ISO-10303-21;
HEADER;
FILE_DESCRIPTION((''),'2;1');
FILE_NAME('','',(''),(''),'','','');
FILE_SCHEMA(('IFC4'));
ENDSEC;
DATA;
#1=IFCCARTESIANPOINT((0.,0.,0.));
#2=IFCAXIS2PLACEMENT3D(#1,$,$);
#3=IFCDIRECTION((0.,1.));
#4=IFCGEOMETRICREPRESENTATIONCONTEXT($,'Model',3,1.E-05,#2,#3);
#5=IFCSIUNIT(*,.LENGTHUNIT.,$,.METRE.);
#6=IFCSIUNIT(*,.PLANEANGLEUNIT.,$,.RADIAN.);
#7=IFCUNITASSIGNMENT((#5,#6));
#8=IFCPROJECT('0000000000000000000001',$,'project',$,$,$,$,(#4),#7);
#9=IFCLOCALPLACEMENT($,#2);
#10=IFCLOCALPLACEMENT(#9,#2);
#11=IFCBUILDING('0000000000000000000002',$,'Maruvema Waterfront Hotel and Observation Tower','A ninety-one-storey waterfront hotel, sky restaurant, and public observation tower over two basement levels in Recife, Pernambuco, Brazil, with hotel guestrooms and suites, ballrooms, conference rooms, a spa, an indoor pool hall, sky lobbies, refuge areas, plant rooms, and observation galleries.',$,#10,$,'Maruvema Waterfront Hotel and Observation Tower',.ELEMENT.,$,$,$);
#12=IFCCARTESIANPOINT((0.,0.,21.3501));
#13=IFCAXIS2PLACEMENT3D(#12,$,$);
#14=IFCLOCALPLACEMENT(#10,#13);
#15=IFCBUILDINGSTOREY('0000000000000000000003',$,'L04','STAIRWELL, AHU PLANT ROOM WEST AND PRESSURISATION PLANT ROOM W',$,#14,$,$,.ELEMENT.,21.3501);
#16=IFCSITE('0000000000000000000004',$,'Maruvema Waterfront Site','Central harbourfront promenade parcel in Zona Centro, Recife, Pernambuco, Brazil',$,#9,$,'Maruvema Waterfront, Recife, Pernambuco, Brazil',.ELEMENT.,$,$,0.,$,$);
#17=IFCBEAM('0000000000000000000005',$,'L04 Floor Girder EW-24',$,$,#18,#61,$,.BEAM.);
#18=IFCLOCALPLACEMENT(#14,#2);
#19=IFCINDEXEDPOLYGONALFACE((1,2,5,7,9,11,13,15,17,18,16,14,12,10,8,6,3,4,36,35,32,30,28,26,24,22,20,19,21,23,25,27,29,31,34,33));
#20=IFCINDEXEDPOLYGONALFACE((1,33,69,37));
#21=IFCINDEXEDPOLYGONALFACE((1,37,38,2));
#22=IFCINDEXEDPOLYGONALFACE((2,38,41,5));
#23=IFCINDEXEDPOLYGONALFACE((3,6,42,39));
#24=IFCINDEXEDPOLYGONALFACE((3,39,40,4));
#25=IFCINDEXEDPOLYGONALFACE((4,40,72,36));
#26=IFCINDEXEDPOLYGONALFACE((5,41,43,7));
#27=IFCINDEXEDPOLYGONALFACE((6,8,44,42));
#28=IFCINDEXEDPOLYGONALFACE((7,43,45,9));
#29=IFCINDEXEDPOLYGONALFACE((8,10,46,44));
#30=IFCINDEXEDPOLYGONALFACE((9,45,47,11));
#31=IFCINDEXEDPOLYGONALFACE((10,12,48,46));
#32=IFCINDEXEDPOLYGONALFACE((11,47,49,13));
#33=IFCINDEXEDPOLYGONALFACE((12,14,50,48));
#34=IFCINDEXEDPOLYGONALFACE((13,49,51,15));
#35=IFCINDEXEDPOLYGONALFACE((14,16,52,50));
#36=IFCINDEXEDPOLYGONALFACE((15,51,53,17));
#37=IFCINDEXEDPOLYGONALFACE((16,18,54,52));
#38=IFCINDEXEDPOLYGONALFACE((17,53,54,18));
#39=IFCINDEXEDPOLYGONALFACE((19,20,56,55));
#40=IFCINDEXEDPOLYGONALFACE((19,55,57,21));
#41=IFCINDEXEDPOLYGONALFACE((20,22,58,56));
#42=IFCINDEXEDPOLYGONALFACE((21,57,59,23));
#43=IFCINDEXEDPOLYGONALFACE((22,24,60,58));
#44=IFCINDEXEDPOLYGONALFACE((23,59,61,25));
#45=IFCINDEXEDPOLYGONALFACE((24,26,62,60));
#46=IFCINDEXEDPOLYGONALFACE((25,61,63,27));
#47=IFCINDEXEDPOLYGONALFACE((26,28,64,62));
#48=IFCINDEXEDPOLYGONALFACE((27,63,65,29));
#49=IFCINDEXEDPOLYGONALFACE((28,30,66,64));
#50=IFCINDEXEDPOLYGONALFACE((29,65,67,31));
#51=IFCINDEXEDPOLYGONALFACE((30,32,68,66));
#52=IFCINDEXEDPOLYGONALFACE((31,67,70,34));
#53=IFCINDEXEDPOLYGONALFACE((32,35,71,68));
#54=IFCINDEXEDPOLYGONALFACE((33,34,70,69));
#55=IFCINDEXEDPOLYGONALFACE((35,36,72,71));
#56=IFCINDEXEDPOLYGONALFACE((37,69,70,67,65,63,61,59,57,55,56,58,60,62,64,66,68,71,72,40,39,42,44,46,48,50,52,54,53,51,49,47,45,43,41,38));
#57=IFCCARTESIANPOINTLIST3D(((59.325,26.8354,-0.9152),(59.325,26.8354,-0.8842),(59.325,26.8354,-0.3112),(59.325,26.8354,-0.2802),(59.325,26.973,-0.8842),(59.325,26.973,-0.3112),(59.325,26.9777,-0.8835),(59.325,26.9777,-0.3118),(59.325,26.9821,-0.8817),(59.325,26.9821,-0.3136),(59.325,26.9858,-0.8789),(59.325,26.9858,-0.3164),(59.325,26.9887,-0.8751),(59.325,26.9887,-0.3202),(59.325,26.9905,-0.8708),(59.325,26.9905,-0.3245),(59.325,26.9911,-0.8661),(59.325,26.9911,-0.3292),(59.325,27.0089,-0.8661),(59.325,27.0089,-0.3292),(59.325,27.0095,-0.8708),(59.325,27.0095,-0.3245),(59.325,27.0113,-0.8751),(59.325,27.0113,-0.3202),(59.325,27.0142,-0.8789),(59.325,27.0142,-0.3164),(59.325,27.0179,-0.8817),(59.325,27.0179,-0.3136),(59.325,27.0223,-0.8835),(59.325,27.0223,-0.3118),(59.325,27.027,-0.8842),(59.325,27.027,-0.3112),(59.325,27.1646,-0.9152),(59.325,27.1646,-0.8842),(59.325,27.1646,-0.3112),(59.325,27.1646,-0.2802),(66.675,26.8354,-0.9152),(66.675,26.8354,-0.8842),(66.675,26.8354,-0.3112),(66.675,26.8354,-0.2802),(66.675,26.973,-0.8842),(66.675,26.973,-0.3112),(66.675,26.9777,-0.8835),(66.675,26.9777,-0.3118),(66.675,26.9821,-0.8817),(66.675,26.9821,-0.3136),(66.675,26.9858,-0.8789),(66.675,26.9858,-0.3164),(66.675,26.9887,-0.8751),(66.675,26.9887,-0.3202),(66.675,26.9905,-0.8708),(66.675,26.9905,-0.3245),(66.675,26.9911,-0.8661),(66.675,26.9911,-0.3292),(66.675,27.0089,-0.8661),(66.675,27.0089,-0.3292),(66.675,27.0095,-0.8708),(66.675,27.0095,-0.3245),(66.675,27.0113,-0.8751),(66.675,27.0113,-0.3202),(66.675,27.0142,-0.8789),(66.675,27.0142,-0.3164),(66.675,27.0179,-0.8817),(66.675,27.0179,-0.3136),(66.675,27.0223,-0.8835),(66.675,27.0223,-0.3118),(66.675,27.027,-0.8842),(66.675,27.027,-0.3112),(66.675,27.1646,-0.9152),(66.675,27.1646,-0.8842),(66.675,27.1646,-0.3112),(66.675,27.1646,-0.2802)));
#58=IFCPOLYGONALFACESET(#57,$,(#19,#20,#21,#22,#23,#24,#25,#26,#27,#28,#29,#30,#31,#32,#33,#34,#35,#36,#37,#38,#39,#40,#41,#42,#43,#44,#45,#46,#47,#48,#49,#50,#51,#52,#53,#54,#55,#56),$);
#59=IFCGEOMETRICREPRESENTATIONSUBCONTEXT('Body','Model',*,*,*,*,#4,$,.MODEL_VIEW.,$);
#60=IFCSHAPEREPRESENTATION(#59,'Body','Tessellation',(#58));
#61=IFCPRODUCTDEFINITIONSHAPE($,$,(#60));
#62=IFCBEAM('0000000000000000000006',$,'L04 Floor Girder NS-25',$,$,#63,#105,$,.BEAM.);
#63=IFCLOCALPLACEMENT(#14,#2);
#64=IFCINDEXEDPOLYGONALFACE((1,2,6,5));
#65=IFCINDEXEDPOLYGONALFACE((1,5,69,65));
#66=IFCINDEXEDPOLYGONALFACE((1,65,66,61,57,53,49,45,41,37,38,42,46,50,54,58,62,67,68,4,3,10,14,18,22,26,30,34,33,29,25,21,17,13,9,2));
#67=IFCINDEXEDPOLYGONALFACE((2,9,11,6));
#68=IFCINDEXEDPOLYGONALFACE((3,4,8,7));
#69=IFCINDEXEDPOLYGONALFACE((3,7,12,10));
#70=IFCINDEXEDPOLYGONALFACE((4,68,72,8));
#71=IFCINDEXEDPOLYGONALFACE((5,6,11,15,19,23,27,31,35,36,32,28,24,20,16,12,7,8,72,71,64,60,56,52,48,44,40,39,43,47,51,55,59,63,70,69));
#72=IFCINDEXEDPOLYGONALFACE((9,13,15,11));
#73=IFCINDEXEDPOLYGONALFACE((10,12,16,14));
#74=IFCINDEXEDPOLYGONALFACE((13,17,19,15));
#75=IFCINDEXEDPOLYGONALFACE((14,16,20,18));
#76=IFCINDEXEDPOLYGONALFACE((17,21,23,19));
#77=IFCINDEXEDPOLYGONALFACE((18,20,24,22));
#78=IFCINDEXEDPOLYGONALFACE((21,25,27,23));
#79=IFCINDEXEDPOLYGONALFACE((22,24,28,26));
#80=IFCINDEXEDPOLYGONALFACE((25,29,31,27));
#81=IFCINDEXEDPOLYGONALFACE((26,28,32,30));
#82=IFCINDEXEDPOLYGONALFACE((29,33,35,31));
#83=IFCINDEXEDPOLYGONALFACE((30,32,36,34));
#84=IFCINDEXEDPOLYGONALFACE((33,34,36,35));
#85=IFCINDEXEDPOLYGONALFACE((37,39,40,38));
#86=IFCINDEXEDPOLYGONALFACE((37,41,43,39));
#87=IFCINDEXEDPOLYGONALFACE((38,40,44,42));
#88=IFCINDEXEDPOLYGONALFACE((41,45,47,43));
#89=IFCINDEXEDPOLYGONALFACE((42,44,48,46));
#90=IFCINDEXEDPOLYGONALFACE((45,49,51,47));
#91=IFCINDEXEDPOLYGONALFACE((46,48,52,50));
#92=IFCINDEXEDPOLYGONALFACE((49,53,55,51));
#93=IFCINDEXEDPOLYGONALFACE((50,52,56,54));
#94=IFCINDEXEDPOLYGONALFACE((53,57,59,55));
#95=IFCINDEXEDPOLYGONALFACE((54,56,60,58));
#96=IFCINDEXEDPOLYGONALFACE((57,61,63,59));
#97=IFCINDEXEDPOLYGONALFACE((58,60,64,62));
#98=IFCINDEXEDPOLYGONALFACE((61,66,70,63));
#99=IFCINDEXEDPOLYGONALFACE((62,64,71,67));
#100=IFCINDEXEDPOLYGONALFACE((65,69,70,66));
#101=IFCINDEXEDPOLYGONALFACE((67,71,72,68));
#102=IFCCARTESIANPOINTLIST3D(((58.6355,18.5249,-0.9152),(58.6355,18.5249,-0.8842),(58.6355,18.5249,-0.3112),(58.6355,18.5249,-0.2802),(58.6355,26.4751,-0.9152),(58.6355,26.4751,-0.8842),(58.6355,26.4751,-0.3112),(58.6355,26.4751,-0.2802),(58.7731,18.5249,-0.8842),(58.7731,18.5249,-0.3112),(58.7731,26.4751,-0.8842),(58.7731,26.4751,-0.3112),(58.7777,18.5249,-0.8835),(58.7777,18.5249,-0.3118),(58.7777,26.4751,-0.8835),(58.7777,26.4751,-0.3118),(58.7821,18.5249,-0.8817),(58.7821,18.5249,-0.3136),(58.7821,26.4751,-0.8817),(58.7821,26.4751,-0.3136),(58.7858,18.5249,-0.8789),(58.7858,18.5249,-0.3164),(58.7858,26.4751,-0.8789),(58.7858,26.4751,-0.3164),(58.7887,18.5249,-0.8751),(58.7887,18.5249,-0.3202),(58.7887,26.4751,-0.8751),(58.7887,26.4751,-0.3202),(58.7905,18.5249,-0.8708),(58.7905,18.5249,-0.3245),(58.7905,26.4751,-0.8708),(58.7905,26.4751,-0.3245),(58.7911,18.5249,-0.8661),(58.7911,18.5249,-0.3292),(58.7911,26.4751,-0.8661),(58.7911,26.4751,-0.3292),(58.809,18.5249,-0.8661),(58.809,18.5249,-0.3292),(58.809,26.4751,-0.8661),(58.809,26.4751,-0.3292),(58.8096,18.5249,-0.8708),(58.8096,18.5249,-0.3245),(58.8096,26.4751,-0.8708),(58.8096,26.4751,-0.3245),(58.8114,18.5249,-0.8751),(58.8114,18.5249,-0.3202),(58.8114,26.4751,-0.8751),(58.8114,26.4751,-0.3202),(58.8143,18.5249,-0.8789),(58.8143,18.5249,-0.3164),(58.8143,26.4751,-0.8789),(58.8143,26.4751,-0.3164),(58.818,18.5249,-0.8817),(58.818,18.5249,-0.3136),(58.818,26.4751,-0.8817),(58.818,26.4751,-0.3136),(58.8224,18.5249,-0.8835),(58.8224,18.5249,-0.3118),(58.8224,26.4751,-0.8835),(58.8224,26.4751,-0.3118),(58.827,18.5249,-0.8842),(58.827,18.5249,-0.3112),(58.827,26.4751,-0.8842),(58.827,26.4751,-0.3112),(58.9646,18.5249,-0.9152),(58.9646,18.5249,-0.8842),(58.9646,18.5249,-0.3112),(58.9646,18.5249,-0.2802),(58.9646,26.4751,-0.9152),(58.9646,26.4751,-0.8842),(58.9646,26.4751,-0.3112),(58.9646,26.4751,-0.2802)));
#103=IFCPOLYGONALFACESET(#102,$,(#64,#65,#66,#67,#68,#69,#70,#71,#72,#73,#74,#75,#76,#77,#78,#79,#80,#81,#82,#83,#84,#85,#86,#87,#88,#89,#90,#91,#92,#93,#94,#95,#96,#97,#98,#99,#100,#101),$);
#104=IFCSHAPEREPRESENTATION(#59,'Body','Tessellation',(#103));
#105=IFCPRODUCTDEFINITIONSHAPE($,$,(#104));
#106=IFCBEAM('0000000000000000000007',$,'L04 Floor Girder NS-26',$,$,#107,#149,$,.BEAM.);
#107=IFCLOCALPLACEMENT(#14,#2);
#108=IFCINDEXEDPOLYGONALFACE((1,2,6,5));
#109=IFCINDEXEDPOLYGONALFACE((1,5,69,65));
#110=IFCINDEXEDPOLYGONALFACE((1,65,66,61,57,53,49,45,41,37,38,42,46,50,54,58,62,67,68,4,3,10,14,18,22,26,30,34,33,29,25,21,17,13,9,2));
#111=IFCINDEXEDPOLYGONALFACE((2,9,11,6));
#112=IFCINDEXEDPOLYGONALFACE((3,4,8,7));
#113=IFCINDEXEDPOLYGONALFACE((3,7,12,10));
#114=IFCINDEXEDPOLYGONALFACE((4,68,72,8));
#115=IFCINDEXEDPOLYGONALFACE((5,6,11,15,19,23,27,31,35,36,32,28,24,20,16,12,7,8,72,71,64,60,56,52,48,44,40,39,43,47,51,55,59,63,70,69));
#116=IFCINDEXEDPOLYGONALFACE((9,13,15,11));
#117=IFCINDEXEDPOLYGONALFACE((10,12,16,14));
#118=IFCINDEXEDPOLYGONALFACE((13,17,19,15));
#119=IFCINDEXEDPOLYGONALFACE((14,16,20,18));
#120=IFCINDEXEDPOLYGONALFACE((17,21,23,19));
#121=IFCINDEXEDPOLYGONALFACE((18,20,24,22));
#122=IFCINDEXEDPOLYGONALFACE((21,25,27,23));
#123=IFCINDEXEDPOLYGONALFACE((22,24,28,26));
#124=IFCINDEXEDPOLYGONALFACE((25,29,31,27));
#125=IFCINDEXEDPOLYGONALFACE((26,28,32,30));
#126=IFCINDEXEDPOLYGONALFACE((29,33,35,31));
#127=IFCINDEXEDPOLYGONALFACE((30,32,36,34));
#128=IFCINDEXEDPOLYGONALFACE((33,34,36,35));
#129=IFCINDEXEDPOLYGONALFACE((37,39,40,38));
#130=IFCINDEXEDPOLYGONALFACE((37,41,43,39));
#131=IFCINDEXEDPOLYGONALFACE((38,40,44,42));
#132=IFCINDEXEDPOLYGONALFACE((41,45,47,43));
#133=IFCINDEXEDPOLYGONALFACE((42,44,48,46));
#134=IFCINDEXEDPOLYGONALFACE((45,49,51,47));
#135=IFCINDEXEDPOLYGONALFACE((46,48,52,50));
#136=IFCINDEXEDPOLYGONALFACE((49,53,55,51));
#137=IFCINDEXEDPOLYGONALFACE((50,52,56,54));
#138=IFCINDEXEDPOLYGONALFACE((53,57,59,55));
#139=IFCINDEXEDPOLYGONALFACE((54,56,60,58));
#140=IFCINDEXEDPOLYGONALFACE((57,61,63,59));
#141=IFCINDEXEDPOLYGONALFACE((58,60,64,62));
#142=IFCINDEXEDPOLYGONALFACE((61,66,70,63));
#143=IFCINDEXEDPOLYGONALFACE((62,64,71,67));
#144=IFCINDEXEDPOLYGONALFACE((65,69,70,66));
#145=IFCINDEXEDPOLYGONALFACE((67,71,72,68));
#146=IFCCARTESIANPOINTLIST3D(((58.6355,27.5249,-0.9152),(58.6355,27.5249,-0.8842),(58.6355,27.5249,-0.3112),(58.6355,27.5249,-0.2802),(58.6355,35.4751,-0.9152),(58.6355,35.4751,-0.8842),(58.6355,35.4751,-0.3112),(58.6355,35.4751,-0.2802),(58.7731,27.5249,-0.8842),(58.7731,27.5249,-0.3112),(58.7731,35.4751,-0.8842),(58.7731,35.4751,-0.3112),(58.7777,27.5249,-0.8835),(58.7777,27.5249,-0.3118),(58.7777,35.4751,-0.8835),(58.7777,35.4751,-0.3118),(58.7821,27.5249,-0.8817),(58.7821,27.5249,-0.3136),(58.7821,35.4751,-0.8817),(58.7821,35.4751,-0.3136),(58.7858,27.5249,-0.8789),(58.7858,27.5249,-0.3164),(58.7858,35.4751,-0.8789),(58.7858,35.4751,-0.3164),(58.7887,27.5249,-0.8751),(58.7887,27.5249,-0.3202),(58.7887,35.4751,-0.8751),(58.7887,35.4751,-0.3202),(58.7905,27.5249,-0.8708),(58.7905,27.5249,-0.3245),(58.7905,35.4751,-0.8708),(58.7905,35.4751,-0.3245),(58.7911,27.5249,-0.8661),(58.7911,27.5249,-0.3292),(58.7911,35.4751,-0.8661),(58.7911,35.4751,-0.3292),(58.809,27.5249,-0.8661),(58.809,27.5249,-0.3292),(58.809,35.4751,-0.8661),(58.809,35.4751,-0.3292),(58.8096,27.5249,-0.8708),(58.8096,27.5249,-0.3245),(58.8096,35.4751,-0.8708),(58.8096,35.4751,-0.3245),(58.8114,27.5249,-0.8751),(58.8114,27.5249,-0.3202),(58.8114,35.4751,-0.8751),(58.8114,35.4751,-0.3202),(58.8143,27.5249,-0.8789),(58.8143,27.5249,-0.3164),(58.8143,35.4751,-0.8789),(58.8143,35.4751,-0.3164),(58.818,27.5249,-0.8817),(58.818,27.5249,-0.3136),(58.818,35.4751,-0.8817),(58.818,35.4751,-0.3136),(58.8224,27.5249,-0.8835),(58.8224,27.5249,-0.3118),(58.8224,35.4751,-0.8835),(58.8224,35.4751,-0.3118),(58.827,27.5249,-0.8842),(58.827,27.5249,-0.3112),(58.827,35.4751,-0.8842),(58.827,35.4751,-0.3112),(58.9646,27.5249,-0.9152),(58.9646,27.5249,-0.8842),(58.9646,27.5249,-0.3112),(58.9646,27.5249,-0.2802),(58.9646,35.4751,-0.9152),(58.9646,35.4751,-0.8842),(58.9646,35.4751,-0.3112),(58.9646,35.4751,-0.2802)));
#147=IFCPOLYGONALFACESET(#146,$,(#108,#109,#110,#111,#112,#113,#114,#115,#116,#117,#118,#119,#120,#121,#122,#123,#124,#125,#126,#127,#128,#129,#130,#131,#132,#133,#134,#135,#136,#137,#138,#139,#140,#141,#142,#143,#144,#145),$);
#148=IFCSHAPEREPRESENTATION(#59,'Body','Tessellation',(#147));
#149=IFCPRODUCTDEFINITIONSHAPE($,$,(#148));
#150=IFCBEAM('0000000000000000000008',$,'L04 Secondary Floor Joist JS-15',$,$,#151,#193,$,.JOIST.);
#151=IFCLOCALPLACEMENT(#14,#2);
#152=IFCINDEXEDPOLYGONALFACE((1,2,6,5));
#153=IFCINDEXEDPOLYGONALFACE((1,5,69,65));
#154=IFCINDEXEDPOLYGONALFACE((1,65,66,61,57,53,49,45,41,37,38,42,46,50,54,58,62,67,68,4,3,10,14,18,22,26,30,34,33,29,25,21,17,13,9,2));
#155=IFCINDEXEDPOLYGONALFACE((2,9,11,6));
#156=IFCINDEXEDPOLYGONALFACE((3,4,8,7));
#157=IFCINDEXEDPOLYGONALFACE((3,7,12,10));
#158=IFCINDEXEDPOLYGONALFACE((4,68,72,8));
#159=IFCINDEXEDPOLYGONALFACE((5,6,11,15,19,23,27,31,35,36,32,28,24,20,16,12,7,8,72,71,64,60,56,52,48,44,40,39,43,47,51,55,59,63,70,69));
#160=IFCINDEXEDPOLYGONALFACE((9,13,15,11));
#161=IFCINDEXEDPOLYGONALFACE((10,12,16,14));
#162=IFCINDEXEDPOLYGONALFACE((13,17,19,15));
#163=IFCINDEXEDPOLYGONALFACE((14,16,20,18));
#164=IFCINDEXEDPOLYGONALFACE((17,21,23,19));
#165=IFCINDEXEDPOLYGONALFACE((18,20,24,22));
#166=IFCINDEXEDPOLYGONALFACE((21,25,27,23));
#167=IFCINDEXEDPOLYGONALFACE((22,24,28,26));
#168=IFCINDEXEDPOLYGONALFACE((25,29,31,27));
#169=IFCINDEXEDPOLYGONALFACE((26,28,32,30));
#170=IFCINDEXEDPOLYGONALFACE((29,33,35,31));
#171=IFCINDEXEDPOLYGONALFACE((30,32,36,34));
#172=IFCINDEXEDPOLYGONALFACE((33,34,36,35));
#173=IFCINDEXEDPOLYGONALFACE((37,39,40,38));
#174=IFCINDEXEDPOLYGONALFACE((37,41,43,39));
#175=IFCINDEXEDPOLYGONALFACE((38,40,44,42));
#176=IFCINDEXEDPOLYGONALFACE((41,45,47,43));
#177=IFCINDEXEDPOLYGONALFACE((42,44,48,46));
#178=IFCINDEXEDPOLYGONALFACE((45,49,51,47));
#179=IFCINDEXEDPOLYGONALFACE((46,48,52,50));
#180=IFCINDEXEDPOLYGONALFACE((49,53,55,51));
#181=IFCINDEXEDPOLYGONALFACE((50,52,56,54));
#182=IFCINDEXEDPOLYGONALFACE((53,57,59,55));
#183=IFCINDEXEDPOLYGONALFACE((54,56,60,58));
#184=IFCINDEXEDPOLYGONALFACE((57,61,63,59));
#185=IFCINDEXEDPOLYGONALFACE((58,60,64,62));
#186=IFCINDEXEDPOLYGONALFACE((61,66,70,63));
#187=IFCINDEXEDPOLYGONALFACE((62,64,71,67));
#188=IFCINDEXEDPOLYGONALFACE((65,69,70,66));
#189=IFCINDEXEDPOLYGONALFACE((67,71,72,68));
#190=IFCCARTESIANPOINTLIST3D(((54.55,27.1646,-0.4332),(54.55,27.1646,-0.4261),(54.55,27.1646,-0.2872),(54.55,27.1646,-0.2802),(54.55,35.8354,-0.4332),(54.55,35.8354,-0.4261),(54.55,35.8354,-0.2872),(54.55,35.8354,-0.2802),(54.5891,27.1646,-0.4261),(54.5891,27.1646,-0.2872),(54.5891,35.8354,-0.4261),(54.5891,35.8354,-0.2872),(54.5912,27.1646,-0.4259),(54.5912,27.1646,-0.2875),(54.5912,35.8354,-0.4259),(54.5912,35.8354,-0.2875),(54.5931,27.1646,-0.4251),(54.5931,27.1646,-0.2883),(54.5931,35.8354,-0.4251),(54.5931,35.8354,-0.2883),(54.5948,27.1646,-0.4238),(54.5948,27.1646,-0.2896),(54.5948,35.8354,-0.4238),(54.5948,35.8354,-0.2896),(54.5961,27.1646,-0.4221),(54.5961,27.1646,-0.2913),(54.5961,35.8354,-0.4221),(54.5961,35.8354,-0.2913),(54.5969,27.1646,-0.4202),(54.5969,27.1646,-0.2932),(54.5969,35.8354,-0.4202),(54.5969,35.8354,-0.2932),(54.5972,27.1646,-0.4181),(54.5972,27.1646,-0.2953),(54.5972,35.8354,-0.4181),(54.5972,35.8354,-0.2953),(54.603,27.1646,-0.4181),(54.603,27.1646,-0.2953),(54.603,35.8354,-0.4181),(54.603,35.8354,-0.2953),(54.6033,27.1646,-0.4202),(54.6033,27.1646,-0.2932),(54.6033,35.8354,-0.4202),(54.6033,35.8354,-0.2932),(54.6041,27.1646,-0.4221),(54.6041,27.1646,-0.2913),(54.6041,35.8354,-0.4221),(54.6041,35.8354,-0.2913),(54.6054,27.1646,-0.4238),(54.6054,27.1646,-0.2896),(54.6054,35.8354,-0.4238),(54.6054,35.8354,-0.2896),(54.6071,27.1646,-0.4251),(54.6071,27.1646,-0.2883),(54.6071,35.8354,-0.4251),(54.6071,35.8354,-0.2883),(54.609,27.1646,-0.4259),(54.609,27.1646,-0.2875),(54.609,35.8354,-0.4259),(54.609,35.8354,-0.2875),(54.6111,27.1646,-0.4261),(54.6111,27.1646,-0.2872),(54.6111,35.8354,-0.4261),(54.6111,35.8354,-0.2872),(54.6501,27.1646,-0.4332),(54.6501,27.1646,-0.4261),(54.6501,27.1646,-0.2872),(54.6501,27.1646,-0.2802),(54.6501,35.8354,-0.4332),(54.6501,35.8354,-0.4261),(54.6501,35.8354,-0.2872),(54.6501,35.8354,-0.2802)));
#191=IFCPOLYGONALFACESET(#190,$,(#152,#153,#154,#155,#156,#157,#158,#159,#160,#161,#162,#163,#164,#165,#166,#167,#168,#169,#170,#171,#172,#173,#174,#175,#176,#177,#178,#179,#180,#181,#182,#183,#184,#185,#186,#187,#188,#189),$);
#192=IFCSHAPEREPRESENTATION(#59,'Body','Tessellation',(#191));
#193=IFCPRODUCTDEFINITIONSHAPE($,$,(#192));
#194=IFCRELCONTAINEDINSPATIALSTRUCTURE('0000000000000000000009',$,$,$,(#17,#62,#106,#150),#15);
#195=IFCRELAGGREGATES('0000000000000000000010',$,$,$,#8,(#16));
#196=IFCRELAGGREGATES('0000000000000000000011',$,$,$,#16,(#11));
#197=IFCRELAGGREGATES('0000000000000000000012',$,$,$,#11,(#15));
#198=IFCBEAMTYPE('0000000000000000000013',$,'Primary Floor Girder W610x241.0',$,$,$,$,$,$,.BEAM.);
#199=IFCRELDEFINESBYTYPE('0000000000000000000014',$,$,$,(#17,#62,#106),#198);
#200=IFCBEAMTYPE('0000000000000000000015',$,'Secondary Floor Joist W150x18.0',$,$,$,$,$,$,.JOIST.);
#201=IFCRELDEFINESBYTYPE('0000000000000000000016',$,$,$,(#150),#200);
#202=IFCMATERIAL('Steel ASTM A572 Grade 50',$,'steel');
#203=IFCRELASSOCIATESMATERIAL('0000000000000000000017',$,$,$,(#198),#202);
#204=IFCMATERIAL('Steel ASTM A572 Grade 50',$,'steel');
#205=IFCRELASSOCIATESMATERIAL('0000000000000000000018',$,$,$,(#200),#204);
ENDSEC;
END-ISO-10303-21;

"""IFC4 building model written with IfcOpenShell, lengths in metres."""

from ifc_helpers import new_model, si_unit, direction, frame, origin, origin_2d, place, context, subcontext, project, spatial, i_section, extrude, material, material_profile, profile_set, type_object, element, save


model = new_model("IFC4")

# Units and contexts
model_context = context("Model", 3, precision=1e-05, world=origin(), true_north=direction((0.0, 1.0)))
body_context = subcontext(model_context, "Body", "Model", "MODEL_VIEW")
ifc_project = project(units=[si_unit("LENGTHUNIT", "METRE"), si_unit("PLANEANGLEUNIT", "RADIAN")], contexts=[model_context])

# Site, building, storey
site_placement = place(None, origin())
site = spatial("IfcSite", under=ifc_project, at=site_placement, Name="Maruvema Waterfront Site", Description="Central harbourfront promenade parcel in Zona Centro, Recife, Pernambuco, Brazil", LongName="Maruvema Waterfront, Recife, Pernambuco, Brazil", CompositionType="ELEMENT", RefElevation=0.0)
building_placement = place(site_placement, origin())
building = spatial("IfcBuilding", under=site, at=building_placement, Name="Maruvema Waterfront Hotel and Observation Tower", Description="A ninety-one-storey waterfront hotel, sky restaurant, and public observation tower over two basement levels in Recife, Pernambuco, Brazil, with hotel guestrooms and suites, ballrooms, conference rooms, a spa, an indoor pool hall, sky lobbies, refuge areas, plant rooms, and observation galleries.", LongName="Maruvema Waterfront Hotel and Observation Tower", CompositionType="ELEMENT")
storey_placement = place(building_placement, frame((0.0, 0.0, 21.3501)))
storey = spatial("IfcBuildingStorey", under=building, at=storey_placement, Name="L04", Description="STAIRWELL, AHU PLANT ROOM WEST AND PRESSURISATION PLANT ROOM W", CompositionType="ELEMENT", Elevation=21.3501)

# Beams
ifc_material_1 = material(Name="Steel ASTM A572 Grade 50", Category="steel")
ifc_material_profile_1 = material_profile(ifc_material_1, i_section(OverallWidth=0.3291, OverallDepth=0.635, WebThickness=0.0178, FlangeThickness=0.031, FilletRadius=0.0181, at=origin_2d()), Name="W610x241.0")
ifc_profile_set_1 = profile_set([ifc_material_profile_1], Name="Steel ASTM A572 Grade 50")
beam_type_1 = type_object("IfcBeamType", Name="Primary Floor Girder W610x241.0", PredefinedType="BEAM", material=ifc_profile_set_1)
beam_1_placement = place(storey_placement, frame((59.325, 27.0, -0.5977), z_axis=(1.0, 0.0, 0.0), x_axis=(0.0, 1.0, 0.0)))
element("IfcBeam", 1, at=beam_1_placement, inside=storey, type_object=beam_type_1, Name="L04 Floor Girder EW-24", PredefinedType="BEAM", context=body_context, shape_type="SweptSolid", body=[
    extrude(i_section(OverallWidth=0.3291, OverallDepth=0.635, WebThickness=0.0178, FlangeThickness=0.031, FilletRadius=0.0181, at=origin_2d()), origin(), (0.0, 0.0, 1.0), 7.3501),
])
for number, where, z_axis, x_axis, name in (
    (2, (58.8, 18.5249, -0.5977), (0.0, 1.0, 0.0), (-1.0, 0.0, 0.0), "L04 Floor Girder NS-25"),
    (3, (58.8, 27.5249, -0.5977), (0.0, 1.0, 0.0), (-1.0, 0.0, 0.0), "L04 Floor Girder NS-26"),
):
    element("IfcBeam", number, at=place(storey_placement, frame(where, z_axis=z_axis, x_axis=x_axis)), inside=storey, type_object=beam_type_1, Name=name, PredefinedType="BEAM", context=body_context, shape_type="SweptSolid", body=[
        extrude(i_section(OverallWidth=0.3291, OverallDepth=0.635, WebThickness=0.0178, FlangeThickness=0.031, FilletRadius=0.0181, at=origin_2d()), origin(), (0.0, 0.0, 1.0), 7.9502),
    ])
ifc_material_2 = material(Name="Steel ASTM A572 Grade 50", Category="steel")
ifc_material_profile_2 = material_profile(ifc_material_2, i_section(OverallWidth=0.1001, OverallDepth=0.1531, WebThickness=0.0059, FlangeThickness=0.0071, FilletRadius=0.0081, at=origin_2d()), Name="W150x18.0")
ifc_profile_set_2 = profile_set([ifc_material_profile_2], Name="Steel ASTM A572 Grade 50")
beam_type_2 = type_object("IfcBeamType", Name="Secondary Floor Joist W150x18.0", PredefinedType="JOIST", material=ifc_profile_set_2)
beam_2_placement = place(storey_placement, frame((54.6001, 27.1646, -0.3567), z_axis=(0.0, 1.0, 0.0), x_axis=(-1.0, 0.0, 0.0)))
element("IfcBeam", 4, at=beam_2_placement, inside=storey, type_object=beam_type_2, Name="L04 Secondary Floor Joist JS-15", PredefinedType="JOIST", context=body_context, shape_type="SweptSolid", body=[
    extrude(i_section(OverallWidth=0.1001, OverallDepth=0.1531, WebThickness=0.0059, FlangeThickness=0.0071, FilletRadius=0.0081, at=origin_2d()), origin(), (0.0, 0.0, 1.0), 8.6709),
])

save(model, "model.ifc")
